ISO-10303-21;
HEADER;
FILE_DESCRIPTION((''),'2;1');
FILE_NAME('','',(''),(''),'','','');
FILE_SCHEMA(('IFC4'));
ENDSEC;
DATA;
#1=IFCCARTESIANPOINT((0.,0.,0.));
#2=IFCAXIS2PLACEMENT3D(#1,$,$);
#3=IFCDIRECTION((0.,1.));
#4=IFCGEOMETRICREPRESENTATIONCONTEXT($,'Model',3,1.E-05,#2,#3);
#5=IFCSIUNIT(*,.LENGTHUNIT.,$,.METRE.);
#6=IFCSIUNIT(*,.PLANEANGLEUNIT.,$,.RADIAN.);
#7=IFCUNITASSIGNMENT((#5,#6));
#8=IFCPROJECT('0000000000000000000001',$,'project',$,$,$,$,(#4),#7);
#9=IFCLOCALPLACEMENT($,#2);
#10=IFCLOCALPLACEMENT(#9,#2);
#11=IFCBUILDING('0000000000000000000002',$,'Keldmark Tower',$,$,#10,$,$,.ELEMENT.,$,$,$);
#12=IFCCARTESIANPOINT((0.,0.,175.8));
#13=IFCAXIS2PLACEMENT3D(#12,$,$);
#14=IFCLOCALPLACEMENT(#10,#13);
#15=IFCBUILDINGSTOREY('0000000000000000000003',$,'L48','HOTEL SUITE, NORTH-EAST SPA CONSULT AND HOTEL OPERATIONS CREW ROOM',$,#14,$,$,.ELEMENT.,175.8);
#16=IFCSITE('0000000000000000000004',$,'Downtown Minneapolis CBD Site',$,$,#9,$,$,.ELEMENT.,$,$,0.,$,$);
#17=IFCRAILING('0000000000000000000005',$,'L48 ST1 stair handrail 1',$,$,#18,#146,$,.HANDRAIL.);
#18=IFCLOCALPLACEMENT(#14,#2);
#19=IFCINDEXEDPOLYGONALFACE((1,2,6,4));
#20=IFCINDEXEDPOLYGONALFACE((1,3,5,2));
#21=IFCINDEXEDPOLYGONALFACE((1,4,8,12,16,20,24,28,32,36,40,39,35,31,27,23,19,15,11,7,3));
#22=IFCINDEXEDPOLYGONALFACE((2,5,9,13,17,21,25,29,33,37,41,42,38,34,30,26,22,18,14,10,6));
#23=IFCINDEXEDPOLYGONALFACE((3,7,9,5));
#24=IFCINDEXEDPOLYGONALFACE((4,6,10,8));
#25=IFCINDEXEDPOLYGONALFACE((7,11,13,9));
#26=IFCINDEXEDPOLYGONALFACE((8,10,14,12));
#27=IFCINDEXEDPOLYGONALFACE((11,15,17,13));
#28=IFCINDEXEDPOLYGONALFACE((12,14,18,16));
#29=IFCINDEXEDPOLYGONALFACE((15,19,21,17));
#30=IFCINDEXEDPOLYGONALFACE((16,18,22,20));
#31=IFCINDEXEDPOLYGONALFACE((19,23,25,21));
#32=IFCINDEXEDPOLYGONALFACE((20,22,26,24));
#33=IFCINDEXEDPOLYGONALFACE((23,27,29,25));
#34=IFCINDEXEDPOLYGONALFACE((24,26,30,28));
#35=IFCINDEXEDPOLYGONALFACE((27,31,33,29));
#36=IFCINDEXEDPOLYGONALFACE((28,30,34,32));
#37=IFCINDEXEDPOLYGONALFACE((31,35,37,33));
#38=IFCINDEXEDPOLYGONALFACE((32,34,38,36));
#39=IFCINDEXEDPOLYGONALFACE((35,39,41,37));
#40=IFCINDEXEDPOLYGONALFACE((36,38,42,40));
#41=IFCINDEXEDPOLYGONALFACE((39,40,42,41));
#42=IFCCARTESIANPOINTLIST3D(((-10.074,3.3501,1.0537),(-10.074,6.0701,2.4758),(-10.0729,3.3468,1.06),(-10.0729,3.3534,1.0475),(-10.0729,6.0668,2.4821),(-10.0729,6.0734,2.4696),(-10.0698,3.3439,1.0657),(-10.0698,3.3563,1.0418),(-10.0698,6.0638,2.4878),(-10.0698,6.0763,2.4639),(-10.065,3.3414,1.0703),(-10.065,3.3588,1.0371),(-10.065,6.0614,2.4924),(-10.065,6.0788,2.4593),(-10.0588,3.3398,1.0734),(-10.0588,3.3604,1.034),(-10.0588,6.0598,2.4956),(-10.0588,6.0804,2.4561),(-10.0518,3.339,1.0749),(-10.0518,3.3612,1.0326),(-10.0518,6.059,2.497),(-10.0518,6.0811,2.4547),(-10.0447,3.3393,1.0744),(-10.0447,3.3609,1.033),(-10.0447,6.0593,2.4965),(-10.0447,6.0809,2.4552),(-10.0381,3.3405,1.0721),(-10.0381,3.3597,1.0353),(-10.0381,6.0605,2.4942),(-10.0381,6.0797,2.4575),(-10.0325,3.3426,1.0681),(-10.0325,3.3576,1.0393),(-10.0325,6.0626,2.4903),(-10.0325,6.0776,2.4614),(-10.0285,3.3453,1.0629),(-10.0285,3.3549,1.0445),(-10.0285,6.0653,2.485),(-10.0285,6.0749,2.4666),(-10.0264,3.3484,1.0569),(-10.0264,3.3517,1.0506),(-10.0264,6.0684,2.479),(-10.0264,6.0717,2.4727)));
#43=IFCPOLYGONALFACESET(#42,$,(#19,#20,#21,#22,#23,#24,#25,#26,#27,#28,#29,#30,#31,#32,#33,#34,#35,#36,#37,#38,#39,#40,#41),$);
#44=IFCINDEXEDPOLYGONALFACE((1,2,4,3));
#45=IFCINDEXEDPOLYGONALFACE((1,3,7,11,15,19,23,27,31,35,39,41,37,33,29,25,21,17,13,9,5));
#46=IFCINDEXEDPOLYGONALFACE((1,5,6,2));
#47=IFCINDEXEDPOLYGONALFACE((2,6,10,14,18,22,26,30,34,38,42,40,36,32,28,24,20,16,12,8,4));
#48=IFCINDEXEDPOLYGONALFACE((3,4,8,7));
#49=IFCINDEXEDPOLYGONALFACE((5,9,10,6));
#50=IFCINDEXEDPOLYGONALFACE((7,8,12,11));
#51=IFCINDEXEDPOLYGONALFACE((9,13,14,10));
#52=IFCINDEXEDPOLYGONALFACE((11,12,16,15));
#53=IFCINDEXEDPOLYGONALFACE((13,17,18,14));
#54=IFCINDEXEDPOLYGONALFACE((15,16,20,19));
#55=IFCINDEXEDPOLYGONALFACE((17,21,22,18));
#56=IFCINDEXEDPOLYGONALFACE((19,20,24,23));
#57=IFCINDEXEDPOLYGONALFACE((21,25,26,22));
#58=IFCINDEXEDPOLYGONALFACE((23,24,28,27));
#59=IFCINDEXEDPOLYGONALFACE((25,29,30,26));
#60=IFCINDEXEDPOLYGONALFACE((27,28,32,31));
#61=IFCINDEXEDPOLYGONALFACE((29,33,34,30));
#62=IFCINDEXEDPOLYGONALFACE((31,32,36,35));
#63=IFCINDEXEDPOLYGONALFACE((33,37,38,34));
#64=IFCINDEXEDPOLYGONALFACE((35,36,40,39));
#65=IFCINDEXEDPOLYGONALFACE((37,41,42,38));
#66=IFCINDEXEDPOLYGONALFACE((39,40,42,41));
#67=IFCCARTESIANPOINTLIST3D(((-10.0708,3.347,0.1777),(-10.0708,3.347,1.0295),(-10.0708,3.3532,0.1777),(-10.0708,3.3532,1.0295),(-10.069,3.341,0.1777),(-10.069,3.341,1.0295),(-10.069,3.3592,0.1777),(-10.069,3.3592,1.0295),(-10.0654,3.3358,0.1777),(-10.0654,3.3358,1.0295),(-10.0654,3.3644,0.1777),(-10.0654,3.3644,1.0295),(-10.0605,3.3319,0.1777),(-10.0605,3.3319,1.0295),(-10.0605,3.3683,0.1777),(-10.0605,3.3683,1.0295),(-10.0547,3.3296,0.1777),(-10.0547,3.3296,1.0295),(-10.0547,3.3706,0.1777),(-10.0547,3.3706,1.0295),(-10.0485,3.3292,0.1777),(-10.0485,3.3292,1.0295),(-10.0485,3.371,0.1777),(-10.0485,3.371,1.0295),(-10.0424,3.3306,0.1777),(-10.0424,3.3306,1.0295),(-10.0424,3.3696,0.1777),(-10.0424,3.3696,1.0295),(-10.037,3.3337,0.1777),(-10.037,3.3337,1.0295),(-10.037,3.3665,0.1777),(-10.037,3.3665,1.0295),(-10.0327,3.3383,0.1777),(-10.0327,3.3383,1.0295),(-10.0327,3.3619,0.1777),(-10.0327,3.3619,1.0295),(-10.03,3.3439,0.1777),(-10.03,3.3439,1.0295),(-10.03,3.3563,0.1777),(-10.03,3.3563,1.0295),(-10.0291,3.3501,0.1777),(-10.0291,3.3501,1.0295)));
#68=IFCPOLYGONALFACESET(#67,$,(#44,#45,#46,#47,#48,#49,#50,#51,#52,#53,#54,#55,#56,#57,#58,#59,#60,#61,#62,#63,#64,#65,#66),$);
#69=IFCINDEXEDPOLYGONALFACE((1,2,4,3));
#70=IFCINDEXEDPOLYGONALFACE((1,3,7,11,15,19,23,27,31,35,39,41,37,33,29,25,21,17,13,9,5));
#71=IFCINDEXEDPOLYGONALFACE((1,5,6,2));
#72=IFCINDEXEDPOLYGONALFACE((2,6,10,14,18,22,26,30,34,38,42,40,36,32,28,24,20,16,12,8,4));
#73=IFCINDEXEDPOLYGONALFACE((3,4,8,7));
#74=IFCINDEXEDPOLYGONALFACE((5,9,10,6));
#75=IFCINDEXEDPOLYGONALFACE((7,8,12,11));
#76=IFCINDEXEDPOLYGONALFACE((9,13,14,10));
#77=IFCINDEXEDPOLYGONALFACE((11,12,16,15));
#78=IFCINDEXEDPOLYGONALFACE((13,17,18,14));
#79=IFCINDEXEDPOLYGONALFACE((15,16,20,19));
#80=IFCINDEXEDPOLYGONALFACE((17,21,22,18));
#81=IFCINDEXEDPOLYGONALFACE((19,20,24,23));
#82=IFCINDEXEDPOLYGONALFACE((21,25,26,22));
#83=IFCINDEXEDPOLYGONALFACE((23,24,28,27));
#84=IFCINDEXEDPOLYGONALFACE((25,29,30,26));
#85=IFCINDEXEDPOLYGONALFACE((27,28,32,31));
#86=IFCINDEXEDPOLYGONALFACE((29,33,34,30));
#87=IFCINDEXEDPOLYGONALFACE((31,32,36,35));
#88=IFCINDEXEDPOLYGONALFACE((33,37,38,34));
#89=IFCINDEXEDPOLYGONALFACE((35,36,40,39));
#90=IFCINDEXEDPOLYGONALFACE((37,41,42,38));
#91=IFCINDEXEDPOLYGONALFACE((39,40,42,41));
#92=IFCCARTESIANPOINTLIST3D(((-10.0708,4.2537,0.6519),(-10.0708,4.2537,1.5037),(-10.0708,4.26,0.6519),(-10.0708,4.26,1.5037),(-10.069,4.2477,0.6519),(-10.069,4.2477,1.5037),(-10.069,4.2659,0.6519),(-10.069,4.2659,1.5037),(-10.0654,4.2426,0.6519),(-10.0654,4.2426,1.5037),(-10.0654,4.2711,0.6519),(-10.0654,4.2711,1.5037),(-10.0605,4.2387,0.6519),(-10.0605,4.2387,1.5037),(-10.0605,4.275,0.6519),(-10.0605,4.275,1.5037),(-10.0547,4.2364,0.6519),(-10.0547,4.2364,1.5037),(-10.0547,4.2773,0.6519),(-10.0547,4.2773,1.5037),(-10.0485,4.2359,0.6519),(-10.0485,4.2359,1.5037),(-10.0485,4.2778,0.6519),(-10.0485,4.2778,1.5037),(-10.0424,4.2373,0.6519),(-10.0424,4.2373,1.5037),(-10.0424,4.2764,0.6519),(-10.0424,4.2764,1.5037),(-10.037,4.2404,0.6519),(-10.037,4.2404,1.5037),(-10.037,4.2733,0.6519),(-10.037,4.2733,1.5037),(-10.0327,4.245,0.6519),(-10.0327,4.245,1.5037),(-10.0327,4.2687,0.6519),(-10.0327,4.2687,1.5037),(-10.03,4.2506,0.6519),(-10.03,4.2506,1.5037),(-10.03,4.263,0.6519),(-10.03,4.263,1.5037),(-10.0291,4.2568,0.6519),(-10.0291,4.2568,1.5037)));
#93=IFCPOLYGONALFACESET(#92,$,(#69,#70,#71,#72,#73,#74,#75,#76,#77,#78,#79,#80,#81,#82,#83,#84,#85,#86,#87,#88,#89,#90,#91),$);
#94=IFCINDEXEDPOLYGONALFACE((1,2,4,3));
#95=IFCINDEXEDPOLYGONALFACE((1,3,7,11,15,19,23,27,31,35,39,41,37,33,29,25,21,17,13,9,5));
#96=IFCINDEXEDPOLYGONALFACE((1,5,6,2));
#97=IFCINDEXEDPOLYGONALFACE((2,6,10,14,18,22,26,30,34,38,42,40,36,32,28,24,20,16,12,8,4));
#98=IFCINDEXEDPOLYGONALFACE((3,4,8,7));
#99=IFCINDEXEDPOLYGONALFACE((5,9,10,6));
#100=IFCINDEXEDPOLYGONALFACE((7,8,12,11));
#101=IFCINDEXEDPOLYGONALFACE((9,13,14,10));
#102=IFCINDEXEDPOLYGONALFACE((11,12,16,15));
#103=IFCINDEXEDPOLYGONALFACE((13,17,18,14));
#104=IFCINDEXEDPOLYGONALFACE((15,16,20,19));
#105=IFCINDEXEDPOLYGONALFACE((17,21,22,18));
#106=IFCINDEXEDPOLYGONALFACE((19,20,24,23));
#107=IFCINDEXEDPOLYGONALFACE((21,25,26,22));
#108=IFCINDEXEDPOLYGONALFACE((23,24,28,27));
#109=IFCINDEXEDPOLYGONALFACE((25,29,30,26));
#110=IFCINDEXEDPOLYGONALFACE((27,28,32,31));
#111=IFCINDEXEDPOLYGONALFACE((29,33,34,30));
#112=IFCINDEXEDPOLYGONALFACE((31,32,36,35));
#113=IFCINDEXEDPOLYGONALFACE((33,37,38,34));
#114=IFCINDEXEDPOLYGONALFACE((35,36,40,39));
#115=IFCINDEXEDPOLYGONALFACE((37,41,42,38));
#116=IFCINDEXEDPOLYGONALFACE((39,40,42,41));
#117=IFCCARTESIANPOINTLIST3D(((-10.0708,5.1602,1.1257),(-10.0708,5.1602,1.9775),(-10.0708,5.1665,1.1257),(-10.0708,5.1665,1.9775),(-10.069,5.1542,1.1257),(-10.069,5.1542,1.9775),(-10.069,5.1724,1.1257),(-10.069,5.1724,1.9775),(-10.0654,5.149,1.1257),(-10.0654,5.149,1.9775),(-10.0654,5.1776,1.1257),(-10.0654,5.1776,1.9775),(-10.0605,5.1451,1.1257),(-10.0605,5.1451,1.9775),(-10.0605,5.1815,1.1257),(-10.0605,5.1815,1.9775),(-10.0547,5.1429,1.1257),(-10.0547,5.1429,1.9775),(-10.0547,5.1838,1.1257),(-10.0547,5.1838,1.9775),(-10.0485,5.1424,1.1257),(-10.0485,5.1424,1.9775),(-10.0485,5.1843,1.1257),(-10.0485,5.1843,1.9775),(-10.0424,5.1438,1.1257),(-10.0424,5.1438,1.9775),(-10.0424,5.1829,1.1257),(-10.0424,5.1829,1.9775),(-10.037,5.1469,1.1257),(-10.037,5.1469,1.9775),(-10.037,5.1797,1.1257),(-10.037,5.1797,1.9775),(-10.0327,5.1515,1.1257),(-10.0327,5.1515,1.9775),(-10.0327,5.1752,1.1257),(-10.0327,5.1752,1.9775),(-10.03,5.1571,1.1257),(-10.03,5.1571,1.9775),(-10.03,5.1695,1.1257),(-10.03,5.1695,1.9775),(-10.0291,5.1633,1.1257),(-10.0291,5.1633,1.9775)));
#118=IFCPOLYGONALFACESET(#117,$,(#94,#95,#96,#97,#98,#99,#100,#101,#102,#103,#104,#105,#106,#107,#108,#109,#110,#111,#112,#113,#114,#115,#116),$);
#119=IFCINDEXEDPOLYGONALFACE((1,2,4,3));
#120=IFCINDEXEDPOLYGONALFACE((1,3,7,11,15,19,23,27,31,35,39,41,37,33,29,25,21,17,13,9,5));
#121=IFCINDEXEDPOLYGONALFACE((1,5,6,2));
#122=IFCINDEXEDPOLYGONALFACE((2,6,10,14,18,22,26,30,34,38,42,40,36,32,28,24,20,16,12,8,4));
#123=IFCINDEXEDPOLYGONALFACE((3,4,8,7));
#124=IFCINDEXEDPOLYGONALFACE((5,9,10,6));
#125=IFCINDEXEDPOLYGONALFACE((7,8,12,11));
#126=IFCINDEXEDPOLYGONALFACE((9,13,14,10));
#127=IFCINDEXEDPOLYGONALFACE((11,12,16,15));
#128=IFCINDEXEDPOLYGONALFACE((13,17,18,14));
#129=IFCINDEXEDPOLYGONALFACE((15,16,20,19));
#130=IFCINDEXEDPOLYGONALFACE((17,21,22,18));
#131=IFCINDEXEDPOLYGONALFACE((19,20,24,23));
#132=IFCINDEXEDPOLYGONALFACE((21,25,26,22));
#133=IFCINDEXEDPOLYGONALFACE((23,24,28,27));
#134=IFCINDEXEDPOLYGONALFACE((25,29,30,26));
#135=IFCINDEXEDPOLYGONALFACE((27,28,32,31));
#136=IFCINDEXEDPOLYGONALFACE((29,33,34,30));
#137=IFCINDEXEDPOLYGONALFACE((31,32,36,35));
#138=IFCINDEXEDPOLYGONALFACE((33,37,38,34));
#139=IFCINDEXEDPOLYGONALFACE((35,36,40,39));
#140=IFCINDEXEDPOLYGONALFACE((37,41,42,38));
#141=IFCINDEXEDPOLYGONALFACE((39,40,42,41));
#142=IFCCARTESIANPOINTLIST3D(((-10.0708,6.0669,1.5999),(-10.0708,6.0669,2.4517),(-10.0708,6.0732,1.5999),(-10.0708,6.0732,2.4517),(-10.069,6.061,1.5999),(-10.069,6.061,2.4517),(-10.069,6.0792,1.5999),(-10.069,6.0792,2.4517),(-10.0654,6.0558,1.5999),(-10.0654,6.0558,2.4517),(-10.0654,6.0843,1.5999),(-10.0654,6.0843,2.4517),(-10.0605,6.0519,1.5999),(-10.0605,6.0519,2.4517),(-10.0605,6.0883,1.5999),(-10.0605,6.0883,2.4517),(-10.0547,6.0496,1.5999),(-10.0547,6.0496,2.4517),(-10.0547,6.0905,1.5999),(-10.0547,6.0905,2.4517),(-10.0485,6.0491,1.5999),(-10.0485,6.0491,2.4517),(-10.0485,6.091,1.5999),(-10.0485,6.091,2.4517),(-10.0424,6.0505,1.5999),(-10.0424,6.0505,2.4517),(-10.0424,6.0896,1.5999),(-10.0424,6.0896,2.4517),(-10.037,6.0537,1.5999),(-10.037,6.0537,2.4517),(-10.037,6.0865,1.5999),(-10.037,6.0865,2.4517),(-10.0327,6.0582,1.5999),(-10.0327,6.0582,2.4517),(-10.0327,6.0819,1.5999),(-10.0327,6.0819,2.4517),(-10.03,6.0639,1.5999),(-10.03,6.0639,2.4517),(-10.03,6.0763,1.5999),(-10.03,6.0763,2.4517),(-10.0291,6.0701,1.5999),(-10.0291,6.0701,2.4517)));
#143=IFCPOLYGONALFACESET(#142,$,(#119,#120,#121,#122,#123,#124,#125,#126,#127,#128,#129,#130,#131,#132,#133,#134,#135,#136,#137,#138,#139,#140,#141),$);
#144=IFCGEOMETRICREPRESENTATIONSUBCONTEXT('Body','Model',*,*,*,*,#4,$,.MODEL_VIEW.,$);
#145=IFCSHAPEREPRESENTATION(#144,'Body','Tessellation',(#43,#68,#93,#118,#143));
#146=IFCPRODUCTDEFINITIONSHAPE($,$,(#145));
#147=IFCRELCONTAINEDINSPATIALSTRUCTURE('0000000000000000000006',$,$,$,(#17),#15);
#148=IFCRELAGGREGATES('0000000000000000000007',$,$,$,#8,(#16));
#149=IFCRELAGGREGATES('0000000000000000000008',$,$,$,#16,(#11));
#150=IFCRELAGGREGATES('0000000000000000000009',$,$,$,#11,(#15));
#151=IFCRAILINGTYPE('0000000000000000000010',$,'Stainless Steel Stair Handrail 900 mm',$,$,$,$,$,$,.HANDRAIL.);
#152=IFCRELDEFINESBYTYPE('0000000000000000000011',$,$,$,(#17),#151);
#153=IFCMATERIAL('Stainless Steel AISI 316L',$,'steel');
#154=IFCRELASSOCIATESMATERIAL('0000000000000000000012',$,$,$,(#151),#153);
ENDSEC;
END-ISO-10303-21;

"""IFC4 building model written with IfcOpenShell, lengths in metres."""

from ifc_helpers import new_model, si_unit, direction, frame, origin, origin_2d, place, context, subcontext, project, spatial, circle, extrude, material, type_object, element, save


model = new_model("IFC4")

# Units and contexts
model_context = context("Model", 3, precision=1e-05, world=origin(), true_north=direction((0.0, 1.0)))
body_context = subcontext(model_context, "Body", "Model", "MODEL_VIEW")
ifc_project = project(units=[si_unit("LENGTHUNIT", "METRE"), si_unit("PLANEANGLEUNIT", "RADIAN")], contexts=[model_context])

# Site, building, storey
site_placement = place(None, origin())
site = spatial("IfcSite", under=ifc_project, at=site_placement, Name="Downtown Minneapolis CBD Site", CompositionType="ELEMENT", RefElevation=0.0)
building_placement = place(site_placement, origin())
building = spatial("IfcBuilding", under=site, at=building_placement, Name="Keldmark Tower", CompositionType="ELEMENT")
storey_placement = place(building_placement, frame((0.0, 0.0, 175.8)))
storey = spatial("IfcBuildingStorey", under=building, at=storey_placement, Name="L48", Description="HOTEL SUITE, NORTH-EAST SPA CONSULT AND HOTEL OPERATIONS CREW ROOM", CompositionType="ELEMENT", Elevation=175.8)

# Railing
ifc_material_1 = material(Name="Stainless Steel AISI 316L", Category="steel")
railing_type_1 = type_object("IfcRailingType", Name="Stainless Steel Stair Handrail 900 mm", PredefinedType="HANDRAIL", material=ifc_material_1)
railing_1_placement = place(storey_placement, frame((-10.05, 3.3501, 0.1777)))
element("IfcRailing", 1, at=railing_1_placement, inside=storey, type_object=railing_type_1, Name="L48 ST1 stair handrail 1", PredefinedType="HANDRAIL", context=body_context, shape_type="SweptSolid", body=[
    extrude(circle(Radius=0.0239, at=origin_2d()), frame((0.0, 0.0, 0.876), z_axis=(0.0, 0.886183, 0.463335), x_axis=(-1.0, 0.0, 0.0)), (0.0, 0.0, 1.0), 3.0693),
    extrude(circle(Radius=0.021, at=origin_2d()), origin(), (0.0, 0.0, 1.0), 0.8518),
    extrude(circle(Radius=0.021, at=origin_2d()), frame((0.0, 0.9067, 0.4741)), (0.0, 0.0, 1.0), 0.8518),
    extrude(circle(Radius=0.021, at=origin_2d()), frame((0.0, 1.8132, 0.948)), (0.0, 0.0, 1.0), 0.8518),
    extrude(circle(Radius=0.021, at=origin_2d()), frame((0.0, 2.72, 1.4221)), (0.0, 0.0, 1.0), 0.8518),
])

save(model, "model.ifc")
